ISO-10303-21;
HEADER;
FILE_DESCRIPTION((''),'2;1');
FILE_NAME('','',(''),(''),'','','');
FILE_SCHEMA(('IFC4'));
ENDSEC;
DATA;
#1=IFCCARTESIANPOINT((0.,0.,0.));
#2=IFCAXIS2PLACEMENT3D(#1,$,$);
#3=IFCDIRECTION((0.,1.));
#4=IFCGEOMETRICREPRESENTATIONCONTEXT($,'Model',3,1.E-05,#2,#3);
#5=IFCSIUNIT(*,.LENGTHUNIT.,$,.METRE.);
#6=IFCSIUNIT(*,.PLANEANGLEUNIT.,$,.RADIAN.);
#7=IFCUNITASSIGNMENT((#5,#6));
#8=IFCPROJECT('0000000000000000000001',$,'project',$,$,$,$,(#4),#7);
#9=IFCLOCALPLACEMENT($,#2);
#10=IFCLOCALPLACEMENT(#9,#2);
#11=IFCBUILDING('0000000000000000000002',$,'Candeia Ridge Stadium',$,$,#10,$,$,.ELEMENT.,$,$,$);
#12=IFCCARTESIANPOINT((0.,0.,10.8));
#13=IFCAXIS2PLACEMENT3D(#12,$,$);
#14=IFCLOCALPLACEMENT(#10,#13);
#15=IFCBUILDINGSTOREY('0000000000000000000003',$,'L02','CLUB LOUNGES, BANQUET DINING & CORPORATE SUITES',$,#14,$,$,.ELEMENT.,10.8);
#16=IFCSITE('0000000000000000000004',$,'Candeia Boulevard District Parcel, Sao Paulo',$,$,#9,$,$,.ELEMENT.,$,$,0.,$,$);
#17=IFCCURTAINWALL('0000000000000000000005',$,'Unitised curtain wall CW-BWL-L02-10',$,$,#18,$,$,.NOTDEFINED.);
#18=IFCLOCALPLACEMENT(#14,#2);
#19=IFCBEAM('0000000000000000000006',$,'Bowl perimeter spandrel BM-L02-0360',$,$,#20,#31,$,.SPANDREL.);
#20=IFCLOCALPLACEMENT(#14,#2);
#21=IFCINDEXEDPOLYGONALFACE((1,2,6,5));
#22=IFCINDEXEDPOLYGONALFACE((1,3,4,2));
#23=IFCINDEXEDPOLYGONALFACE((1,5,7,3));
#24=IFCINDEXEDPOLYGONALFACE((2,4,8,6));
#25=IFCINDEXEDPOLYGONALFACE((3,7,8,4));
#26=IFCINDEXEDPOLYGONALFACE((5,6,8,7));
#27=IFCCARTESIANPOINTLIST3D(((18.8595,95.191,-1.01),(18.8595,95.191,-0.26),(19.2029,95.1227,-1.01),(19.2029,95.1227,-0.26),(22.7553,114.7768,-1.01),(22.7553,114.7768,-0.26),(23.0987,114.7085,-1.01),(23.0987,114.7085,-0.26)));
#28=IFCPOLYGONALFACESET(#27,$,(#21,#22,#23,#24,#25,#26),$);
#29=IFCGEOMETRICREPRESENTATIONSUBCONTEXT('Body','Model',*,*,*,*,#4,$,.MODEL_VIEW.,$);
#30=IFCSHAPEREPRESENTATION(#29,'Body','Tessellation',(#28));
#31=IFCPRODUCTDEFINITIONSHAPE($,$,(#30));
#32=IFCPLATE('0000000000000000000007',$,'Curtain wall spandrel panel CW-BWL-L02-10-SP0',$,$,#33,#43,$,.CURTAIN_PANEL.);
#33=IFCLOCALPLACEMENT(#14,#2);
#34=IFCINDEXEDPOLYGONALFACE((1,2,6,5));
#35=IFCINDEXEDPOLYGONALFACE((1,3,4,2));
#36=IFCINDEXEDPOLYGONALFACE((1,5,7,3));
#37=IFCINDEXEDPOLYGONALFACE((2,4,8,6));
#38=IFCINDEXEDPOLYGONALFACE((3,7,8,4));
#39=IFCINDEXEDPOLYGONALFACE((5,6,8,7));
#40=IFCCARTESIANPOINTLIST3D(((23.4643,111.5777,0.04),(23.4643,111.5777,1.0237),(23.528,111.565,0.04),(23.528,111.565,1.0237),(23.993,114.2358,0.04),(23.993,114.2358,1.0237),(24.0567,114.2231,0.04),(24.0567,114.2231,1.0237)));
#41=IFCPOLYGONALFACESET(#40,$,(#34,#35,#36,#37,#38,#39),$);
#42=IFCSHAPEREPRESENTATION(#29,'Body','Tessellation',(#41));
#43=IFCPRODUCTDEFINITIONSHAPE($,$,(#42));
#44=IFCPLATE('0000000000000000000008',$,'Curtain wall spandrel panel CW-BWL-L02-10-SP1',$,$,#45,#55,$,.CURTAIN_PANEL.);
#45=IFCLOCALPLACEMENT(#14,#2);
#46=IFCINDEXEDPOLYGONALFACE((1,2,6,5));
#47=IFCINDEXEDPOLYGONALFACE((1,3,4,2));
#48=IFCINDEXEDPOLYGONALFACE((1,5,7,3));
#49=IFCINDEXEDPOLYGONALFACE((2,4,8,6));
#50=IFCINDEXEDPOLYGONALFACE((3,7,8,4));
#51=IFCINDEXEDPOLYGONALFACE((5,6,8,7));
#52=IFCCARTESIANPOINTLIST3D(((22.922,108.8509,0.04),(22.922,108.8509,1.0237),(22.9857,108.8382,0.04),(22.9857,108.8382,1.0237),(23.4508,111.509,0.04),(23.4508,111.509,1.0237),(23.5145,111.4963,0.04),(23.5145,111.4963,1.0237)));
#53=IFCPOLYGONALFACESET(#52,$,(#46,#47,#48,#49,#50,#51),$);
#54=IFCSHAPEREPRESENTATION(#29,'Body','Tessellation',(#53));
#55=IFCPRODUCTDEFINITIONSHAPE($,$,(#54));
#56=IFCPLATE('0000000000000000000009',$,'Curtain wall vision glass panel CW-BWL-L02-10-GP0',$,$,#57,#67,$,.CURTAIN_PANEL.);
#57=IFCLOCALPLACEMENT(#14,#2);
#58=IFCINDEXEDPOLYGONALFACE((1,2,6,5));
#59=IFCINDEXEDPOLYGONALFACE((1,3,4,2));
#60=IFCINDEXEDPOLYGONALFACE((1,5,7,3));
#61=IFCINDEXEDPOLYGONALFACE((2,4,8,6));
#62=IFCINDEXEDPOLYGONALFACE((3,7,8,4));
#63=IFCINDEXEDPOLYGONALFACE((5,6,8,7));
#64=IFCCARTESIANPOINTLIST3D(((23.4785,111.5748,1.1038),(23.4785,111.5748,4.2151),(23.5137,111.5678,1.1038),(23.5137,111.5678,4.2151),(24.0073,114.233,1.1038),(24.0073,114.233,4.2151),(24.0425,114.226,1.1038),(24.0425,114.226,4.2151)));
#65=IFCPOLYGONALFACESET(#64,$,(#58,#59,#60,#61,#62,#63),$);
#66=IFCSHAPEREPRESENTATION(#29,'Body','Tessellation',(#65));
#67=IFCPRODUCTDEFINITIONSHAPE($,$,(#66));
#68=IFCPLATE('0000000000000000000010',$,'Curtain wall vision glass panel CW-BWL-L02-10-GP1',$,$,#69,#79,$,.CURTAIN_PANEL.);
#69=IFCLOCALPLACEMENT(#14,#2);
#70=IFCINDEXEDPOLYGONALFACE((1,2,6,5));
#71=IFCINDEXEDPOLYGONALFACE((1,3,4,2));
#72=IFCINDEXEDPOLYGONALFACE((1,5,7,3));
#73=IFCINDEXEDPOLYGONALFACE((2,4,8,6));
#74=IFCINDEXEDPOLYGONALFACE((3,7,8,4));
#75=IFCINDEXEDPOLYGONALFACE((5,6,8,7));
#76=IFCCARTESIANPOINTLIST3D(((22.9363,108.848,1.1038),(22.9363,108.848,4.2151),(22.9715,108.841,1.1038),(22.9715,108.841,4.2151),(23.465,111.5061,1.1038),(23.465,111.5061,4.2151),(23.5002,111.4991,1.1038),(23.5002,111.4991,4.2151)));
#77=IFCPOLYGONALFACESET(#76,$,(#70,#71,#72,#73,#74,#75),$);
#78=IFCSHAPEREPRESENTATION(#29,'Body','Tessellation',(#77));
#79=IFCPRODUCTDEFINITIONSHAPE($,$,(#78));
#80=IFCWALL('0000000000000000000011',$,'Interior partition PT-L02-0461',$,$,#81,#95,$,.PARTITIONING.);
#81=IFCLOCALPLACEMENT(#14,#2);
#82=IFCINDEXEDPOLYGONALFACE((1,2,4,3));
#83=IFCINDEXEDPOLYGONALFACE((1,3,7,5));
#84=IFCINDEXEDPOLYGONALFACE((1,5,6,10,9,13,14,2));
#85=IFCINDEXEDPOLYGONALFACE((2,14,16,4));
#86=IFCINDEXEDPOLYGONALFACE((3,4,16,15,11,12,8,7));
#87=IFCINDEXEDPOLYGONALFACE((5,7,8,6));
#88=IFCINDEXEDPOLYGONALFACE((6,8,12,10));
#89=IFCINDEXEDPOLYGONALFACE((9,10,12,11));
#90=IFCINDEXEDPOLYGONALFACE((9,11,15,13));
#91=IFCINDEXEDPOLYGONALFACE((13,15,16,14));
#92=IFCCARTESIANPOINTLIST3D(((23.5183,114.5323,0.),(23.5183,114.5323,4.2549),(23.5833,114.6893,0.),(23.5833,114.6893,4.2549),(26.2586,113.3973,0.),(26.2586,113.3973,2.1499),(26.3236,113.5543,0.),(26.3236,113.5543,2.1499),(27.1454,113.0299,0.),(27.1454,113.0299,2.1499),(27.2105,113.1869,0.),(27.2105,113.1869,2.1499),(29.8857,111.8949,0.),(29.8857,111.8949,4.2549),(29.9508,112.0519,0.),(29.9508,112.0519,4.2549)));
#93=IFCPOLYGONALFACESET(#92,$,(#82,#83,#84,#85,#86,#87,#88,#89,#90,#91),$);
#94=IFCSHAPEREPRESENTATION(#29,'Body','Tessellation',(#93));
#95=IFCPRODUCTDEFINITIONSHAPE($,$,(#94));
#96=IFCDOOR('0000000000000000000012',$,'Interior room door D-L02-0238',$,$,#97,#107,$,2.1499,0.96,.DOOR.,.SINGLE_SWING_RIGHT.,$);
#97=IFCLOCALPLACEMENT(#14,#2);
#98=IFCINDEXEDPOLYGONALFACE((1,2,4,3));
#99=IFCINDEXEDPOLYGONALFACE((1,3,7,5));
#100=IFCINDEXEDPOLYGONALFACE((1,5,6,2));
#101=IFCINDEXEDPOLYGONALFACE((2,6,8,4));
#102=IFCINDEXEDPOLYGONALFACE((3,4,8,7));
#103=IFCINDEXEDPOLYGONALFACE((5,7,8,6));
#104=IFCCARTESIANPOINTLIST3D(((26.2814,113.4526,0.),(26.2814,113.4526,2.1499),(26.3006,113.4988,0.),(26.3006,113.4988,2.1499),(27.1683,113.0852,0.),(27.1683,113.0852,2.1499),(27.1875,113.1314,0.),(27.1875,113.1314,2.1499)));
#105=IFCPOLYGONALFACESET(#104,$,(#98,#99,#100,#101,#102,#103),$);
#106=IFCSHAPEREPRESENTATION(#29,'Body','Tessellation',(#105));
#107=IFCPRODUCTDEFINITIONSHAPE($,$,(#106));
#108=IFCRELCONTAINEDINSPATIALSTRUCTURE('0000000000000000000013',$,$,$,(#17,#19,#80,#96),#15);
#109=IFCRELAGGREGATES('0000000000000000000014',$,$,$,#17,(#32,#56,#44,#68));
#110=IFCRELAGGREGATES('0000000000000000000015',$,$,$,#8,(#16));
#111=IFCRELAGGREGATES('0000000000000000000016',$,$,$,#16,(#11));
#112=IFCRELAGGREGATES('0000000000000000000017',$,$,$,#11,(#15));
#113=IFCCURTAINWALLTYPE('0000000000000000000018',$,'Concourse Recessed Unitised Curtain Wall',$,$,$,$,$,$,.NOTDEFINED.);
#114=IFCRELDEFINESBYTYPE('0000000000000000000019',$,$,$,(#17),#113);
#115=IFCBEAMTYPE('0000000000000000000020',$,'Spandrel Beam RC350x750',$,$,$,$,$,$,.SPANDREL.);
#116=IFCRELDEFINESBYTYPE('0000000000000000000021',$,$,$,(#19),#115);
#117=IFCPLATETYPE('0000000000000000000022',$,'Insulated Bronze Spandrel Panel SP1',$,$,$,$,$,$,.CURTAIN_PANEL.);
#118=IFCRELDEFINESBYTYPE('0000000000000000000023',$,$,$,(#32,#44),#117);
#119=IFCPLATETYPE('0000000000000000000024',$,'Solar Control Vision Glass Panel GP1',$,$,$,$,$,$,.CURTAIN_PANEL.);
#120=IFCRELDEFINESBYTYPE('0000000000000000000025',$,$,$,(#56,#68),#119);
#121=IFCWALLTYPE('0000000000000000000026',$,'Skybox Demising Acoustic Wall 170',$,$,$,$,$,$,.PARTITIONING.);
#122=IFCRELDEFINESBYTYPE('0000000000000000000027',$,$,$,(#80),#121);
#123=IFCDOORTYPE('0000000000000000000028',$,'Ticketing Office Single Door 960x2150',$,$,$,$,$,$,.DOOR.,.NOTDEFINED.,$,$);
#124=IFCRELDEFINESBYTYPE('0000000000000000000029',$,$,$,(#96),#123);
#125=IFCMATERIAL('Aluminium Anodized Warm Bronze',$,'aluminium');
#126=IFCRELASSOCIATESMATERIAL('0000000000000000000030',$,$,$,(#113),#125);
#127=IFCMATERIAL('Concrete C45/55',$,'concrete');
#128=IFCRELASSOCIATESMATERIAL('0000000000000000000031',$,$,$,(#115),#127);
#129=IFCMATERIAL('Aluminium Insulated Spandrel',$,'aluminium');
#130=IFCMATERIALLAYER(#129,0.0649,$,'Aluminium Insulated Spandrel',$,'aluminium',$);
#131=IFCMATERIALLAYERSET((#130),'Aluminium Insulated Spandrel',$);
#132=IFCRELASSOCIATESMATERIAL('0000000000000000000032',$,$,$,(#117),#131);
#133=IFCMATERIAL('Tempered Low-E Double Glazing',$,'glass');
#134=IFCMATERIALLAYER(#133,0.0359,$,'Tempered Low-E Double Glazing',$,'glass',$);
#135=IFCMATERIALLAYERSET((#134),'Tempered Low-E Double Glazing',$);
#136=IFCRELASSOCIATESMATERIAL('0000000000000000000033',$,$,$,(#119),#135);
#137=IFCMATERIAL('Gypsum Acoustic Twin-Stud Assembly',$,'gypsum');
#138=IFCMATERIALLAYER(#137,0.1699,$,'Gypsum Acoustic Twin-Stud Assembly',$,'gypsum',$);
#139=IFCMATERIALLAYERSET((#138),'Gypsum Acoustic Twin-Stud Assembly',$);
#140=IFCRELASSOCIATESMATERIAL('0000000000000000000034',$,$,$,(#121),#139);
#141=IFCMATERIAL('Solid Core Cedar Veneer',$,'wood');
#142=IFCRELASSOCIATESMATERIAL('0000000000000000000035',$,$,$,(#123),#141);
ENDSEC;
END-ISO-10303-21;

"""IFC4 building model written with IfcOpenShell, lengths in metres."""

from ifc_helpers import new_model, si_unit, direction, frame, frame_2d, origin, origin_2d, place, context, subcontext, project, spatial, rectangle, extrude, material, layer, layer_set, material_profile, profile_set, type_object, element, fill, aggregate, save


model = new_model("IFC4")

# Units and contexts
model_context = context("Model", 3, precision=1e-05, world=origin(), true_north=direction((0.0, 1.0)))
body_context = subcontext(model_context, "Body", "Model", "MODEL_VIEW")
ifc_project = project(units=[si_unit("LENGTHUNIT", "METRE"), si_unit("PLANEANGLEUNIT", "RADIAN")], contexts=[model_context])

# Site, building, storey
site_placement = place(None, origin())
site = spatial("IfcSite", under=ifc_project, at=site_placement, Name="Candeia Boulevard District Parcel, Sao Paulo", CompositionType="ELEMENT", RefElevation=0.0)
building_placement = place(site_placement, origin())
building = spatial("IfcBuilding", under=site, at=building_placement, Name="Candeia Ridge Stadium", CompositionType="ELEMENT")
storey_placement = place(building_placement, frame((0.0, 0.0, 10.8)))
storey = spatial("IfcBuildingStorey", under=building, at=storey_placement, Name="L02", Description="CLUB LOUNGES, BANQUET DINING & CORPORATE SUITES", CompositionType="ELEMENT", Elevation=10.8)

# Shared definitions
ifc_material_1 = material(Name="Concrete C45/55", Category="concrete")

# Curtain wall
ifc_material_2 = material(Name="Aluminium Anodized Warm Bronze", Category="aluminium")
curtain_wall_type = type_object("IfcCurtainWallType", Name="Concourse Recessed Unitised Curtain Wall", PredefinedType="NOTDEFINED", material=ifc_material_2)
curtain_wall_placement = place(storey_placement, origin())
curtain_wall = element("IfcCurtainWall", 1, at=curtain_wall_placement, inside=storey, type_object=curtain_wall_type, Name="Unitised curtain wall CW-BWL-L02-10", PredefinedType="NOTDEFINED")

# Beam
ifc_material_profile_1 = material_profile(ifc_material_1, rectangle(XDim=0.3501, YDim=0.75, at=origin_2d()), Name="RC350x750", Category="concrete")
ifc_profile_set_1 = profile_set([ifc_material_profile_1], Name="Concrete C45/55")
beam_type_1 = type_object("IfcBeamType", Name="Spandrel Beam RC350x750", PredefinedType="SPANDREL", material=ifc_profile_set_1)
beam_1_placement = place(storey_placement, frame((22.927, 114.7427, -0.635), z_axis=(-0.195086, -0.980786, 0.0), x_axis=(0.980786, -0.195086, 0.0)))
element("IfcBeam", 2, at=beam_1_placement, inside=storey, type_object=beam_type_1, Name="Bowl perimeter spandrel BM-L02-0360", PredefinedType="SPANDREL", context=body_context, shape_type="SweptSolid", body=[
    extrude(rectangle(XDim=0.3501, YDim=0.75, at=origin_2d()), origin(), (0.0, 0.0, 1.0), 19.9695),
])

# Plates
ifc_material_3 = material(Name="Aluminium Insulated Spandrel", Category="aluminium")
ifc_layer_1 = layer(ifc_material_3, 0.0649, Name="Aluminium Insulated Spandrel", Category="aluminium")
ifc_layer_set_1 = layer_set([ifc_layer_1], Name="Aluminium Insulated Spandrel")
plate_type_1 = type_object("IfcPlateType", Name="Insulated Bronze Spandrel Panel SP1", PredefinedType="CURTAIN_PANEL", material=ifc_layer_set_1)
plate_1_placement = place(storey_placement, frame((23.7605, 112.9004, 0.04), z_axis=(0.0, 0.0, 1.0), x_axis=(-0.19509, -0.980785, 0.0)))
plate_1 = element("IfcPlate", 3, at=plate_1_placement, type_object=plate_type_1, Name="Curtain wall spandrel panel CW-BWL-L02-10-SP0", PredefinedType="CURTAIN_PANEL", context=body_context, shape_type="SweptSolid", body=[
    extrude(rectangle(XDim=2.7102, YDim=0.0649, at=origin_2d()), origin(), (0.0, 0.0, 1.0), 0.9836),
])
plate_2_placement = place(storey_placement, frame((23.2183, 110.1736, 0.04), z_axis=(0.0, 0.0, 1.0), x_axis=(-0.19509, -0.980785, 0.0)))
plate_2 = element("IfcPlate", 4, at=plate_2_placement, type_object=plate_type_1, Name="Curtain wall spandrel panel CW-BWL-L02-10-SP1", PredefinedType="CURTAIN_PANEL", context=body_context, shape_type="SweptSolid", body=[
    extrude(rectangle(XDim=2.7102, YDim=0.0649, at=origin_2d()), origin(), (0.0, 0.0, 1.0), 0.9836),
])
ifc_material_4 = material(Name="Tempered Low-E Double Glazing", Category="glass")
ifc_layer_2 = layer(ifc_material_4, 0.0359, Name="Tempered Low-E Double Glazing", Category="glass")
ifc_layer_set_2 = layer_set([ifc_layer_2], Name="Tempered Low-E Double Glazing")
plate_type_2 = type_object("IfcPlateType", Name="Solar Control Vision Glass Panel GP1", PredefinedType="CURTAIN_PANEL", material=ifc_layer_set_2)
plate_3_placement = place(storey_placement, frame((23.7605, 112.9004, 1.1038), z_axis=(0.0, 0.0, 1.0), x_axis=(-0.19509, -0.980785, 0.0)))
plate_3 = element("IfcPlate", 5, at=plate_3_placement, type_object=plate_type_2, Name="Curtain wall vision glass panel CW-BWL-L02-10-GP0", PredefinedType="CURTAIN_PANEL", context=body_context, shape_type="SweptSolid", body=[
    extrude(rectangle(XDim=2.7102, YDim=0.0359, at=origin_2d()), origin(), (0.0, 0.0, 1.0), 3.1113),
])
plate_4_placement = place(storey_placement, frame((23.2183, 110.1736, 1.1038), z_axis=(0.0, 0.0, 1.0), x_axis=(-0.19509, -0.980785, 0.0)))
plate_4 = element("IfcPlate", 6, at=plate_4_placement, type_object=plate_type_2, Name="Curtain wall vision glass panel CW-BWL-L02-10-GP1", PredefinedType="CURTAIN_PANEL", context=body_context, shape_type="SweptSolid", body=[
    extrude(rectangle(XDim=2.7102, YDim=0.0359, at=origin_2d()), origin(), (0.0, 0.0, 1.0), 3.1113),
])
aggregate(curtain_wall, [plate_1, plate_3, plate_2, plate_4])

# Wall, opening, door
ifc_material_5 = material(Name="Gypsum Acoustic Twin-Stud Assembly", Category="gypsum")
ifc_layer_3 = layer(ifc_material_5, 0.1699, Name="Gypsum Acoustic Twin-Stud Assembly", Category="gypsum")
ifc_layer_set_3 = layer_set([ifc_layer_3], Name="Gypsum Acoustic Twin-Stud Assembly")
wall_type = type_object("IfcWallType", Name="Skybox Demising Acoustic Wall 170", PredefinedType="PARTITIONING", material=ifc_layer_set_3)
wall_placement = place(storey_placement, frame((23.5508, 114.6108, 0.0), z_axis=(0.0, 0.0, 1.0), x_axis=(0.923881, -0.38268, 0.0)))
wall = element("IfcWall", 7, at=wall_placement, inside=storey, type_object=wall_type, Name="Interior partition PT-L02-0461", PredefinedType="PARTITIONING", context=body_context, shape_type="SweptSolid", body=[
    extrude(rectangle(XDim=6.8921, YDim=0.1699, at=frame_2d((3.446, 0.0))), origin(), (0.0, 0.0, 1.0), 4.2549),
])
opening_placement = place(wall_placement, frame((2.9661, 0.0, 0.0)))
opening = element("IfcOpeningElement", 8, at=opening_placement, cuts=wall, PredefinedType="OPENING", context=body_context, shape_type="SweptSolid", body=[
    extrude(rectangle(XDim=0.96, YDim=2.1499, at=frame_2d((0.48, 1.075))), frame((0.0, 0.095, 0.0), z_axis=(0.0, -1.0, 0.0), x_axis=(1.0, 0.0, 0.0)), (0.0, 0.0, 1.0), 0.1899),
])
ifc_material_6 = material(Name="Solid Core Cedar Veneer", Category="wood")
door_type = type_object("IfcDoorType", Name="Ticketing Office Single Door 960x2150", OperationType="NOTDEFINED", PredefinedType="DOOR", material=ifc_material_6)
door_placement = place(opening_placement, origin())
door = element("IfcDoor", 9, at=door_placement, inside=storey, type_object=door_type, Name="Interior room door D-L02-0238", OperationType="SINGLE_SWING_RIGHT", OverallHeight=2.1499, OverallWidth=0.96, PredefinedType="DOOR", context=body_context, shape_type="SweptSolid", body=[
    extrude(rectangle(XDim=0.96, YDim=2.1499, at=frame_2d((0.48, 1.075))), frame((0.0, 0.0249, 0.0), z_axis=(0.0, -1.0, 0.0), x_axis=(1.0, 0.0, 0.0)), (0.0, 0.0, 1.0), 0.05),
])
fill(opening, door)

save(model, "model.ifc")
